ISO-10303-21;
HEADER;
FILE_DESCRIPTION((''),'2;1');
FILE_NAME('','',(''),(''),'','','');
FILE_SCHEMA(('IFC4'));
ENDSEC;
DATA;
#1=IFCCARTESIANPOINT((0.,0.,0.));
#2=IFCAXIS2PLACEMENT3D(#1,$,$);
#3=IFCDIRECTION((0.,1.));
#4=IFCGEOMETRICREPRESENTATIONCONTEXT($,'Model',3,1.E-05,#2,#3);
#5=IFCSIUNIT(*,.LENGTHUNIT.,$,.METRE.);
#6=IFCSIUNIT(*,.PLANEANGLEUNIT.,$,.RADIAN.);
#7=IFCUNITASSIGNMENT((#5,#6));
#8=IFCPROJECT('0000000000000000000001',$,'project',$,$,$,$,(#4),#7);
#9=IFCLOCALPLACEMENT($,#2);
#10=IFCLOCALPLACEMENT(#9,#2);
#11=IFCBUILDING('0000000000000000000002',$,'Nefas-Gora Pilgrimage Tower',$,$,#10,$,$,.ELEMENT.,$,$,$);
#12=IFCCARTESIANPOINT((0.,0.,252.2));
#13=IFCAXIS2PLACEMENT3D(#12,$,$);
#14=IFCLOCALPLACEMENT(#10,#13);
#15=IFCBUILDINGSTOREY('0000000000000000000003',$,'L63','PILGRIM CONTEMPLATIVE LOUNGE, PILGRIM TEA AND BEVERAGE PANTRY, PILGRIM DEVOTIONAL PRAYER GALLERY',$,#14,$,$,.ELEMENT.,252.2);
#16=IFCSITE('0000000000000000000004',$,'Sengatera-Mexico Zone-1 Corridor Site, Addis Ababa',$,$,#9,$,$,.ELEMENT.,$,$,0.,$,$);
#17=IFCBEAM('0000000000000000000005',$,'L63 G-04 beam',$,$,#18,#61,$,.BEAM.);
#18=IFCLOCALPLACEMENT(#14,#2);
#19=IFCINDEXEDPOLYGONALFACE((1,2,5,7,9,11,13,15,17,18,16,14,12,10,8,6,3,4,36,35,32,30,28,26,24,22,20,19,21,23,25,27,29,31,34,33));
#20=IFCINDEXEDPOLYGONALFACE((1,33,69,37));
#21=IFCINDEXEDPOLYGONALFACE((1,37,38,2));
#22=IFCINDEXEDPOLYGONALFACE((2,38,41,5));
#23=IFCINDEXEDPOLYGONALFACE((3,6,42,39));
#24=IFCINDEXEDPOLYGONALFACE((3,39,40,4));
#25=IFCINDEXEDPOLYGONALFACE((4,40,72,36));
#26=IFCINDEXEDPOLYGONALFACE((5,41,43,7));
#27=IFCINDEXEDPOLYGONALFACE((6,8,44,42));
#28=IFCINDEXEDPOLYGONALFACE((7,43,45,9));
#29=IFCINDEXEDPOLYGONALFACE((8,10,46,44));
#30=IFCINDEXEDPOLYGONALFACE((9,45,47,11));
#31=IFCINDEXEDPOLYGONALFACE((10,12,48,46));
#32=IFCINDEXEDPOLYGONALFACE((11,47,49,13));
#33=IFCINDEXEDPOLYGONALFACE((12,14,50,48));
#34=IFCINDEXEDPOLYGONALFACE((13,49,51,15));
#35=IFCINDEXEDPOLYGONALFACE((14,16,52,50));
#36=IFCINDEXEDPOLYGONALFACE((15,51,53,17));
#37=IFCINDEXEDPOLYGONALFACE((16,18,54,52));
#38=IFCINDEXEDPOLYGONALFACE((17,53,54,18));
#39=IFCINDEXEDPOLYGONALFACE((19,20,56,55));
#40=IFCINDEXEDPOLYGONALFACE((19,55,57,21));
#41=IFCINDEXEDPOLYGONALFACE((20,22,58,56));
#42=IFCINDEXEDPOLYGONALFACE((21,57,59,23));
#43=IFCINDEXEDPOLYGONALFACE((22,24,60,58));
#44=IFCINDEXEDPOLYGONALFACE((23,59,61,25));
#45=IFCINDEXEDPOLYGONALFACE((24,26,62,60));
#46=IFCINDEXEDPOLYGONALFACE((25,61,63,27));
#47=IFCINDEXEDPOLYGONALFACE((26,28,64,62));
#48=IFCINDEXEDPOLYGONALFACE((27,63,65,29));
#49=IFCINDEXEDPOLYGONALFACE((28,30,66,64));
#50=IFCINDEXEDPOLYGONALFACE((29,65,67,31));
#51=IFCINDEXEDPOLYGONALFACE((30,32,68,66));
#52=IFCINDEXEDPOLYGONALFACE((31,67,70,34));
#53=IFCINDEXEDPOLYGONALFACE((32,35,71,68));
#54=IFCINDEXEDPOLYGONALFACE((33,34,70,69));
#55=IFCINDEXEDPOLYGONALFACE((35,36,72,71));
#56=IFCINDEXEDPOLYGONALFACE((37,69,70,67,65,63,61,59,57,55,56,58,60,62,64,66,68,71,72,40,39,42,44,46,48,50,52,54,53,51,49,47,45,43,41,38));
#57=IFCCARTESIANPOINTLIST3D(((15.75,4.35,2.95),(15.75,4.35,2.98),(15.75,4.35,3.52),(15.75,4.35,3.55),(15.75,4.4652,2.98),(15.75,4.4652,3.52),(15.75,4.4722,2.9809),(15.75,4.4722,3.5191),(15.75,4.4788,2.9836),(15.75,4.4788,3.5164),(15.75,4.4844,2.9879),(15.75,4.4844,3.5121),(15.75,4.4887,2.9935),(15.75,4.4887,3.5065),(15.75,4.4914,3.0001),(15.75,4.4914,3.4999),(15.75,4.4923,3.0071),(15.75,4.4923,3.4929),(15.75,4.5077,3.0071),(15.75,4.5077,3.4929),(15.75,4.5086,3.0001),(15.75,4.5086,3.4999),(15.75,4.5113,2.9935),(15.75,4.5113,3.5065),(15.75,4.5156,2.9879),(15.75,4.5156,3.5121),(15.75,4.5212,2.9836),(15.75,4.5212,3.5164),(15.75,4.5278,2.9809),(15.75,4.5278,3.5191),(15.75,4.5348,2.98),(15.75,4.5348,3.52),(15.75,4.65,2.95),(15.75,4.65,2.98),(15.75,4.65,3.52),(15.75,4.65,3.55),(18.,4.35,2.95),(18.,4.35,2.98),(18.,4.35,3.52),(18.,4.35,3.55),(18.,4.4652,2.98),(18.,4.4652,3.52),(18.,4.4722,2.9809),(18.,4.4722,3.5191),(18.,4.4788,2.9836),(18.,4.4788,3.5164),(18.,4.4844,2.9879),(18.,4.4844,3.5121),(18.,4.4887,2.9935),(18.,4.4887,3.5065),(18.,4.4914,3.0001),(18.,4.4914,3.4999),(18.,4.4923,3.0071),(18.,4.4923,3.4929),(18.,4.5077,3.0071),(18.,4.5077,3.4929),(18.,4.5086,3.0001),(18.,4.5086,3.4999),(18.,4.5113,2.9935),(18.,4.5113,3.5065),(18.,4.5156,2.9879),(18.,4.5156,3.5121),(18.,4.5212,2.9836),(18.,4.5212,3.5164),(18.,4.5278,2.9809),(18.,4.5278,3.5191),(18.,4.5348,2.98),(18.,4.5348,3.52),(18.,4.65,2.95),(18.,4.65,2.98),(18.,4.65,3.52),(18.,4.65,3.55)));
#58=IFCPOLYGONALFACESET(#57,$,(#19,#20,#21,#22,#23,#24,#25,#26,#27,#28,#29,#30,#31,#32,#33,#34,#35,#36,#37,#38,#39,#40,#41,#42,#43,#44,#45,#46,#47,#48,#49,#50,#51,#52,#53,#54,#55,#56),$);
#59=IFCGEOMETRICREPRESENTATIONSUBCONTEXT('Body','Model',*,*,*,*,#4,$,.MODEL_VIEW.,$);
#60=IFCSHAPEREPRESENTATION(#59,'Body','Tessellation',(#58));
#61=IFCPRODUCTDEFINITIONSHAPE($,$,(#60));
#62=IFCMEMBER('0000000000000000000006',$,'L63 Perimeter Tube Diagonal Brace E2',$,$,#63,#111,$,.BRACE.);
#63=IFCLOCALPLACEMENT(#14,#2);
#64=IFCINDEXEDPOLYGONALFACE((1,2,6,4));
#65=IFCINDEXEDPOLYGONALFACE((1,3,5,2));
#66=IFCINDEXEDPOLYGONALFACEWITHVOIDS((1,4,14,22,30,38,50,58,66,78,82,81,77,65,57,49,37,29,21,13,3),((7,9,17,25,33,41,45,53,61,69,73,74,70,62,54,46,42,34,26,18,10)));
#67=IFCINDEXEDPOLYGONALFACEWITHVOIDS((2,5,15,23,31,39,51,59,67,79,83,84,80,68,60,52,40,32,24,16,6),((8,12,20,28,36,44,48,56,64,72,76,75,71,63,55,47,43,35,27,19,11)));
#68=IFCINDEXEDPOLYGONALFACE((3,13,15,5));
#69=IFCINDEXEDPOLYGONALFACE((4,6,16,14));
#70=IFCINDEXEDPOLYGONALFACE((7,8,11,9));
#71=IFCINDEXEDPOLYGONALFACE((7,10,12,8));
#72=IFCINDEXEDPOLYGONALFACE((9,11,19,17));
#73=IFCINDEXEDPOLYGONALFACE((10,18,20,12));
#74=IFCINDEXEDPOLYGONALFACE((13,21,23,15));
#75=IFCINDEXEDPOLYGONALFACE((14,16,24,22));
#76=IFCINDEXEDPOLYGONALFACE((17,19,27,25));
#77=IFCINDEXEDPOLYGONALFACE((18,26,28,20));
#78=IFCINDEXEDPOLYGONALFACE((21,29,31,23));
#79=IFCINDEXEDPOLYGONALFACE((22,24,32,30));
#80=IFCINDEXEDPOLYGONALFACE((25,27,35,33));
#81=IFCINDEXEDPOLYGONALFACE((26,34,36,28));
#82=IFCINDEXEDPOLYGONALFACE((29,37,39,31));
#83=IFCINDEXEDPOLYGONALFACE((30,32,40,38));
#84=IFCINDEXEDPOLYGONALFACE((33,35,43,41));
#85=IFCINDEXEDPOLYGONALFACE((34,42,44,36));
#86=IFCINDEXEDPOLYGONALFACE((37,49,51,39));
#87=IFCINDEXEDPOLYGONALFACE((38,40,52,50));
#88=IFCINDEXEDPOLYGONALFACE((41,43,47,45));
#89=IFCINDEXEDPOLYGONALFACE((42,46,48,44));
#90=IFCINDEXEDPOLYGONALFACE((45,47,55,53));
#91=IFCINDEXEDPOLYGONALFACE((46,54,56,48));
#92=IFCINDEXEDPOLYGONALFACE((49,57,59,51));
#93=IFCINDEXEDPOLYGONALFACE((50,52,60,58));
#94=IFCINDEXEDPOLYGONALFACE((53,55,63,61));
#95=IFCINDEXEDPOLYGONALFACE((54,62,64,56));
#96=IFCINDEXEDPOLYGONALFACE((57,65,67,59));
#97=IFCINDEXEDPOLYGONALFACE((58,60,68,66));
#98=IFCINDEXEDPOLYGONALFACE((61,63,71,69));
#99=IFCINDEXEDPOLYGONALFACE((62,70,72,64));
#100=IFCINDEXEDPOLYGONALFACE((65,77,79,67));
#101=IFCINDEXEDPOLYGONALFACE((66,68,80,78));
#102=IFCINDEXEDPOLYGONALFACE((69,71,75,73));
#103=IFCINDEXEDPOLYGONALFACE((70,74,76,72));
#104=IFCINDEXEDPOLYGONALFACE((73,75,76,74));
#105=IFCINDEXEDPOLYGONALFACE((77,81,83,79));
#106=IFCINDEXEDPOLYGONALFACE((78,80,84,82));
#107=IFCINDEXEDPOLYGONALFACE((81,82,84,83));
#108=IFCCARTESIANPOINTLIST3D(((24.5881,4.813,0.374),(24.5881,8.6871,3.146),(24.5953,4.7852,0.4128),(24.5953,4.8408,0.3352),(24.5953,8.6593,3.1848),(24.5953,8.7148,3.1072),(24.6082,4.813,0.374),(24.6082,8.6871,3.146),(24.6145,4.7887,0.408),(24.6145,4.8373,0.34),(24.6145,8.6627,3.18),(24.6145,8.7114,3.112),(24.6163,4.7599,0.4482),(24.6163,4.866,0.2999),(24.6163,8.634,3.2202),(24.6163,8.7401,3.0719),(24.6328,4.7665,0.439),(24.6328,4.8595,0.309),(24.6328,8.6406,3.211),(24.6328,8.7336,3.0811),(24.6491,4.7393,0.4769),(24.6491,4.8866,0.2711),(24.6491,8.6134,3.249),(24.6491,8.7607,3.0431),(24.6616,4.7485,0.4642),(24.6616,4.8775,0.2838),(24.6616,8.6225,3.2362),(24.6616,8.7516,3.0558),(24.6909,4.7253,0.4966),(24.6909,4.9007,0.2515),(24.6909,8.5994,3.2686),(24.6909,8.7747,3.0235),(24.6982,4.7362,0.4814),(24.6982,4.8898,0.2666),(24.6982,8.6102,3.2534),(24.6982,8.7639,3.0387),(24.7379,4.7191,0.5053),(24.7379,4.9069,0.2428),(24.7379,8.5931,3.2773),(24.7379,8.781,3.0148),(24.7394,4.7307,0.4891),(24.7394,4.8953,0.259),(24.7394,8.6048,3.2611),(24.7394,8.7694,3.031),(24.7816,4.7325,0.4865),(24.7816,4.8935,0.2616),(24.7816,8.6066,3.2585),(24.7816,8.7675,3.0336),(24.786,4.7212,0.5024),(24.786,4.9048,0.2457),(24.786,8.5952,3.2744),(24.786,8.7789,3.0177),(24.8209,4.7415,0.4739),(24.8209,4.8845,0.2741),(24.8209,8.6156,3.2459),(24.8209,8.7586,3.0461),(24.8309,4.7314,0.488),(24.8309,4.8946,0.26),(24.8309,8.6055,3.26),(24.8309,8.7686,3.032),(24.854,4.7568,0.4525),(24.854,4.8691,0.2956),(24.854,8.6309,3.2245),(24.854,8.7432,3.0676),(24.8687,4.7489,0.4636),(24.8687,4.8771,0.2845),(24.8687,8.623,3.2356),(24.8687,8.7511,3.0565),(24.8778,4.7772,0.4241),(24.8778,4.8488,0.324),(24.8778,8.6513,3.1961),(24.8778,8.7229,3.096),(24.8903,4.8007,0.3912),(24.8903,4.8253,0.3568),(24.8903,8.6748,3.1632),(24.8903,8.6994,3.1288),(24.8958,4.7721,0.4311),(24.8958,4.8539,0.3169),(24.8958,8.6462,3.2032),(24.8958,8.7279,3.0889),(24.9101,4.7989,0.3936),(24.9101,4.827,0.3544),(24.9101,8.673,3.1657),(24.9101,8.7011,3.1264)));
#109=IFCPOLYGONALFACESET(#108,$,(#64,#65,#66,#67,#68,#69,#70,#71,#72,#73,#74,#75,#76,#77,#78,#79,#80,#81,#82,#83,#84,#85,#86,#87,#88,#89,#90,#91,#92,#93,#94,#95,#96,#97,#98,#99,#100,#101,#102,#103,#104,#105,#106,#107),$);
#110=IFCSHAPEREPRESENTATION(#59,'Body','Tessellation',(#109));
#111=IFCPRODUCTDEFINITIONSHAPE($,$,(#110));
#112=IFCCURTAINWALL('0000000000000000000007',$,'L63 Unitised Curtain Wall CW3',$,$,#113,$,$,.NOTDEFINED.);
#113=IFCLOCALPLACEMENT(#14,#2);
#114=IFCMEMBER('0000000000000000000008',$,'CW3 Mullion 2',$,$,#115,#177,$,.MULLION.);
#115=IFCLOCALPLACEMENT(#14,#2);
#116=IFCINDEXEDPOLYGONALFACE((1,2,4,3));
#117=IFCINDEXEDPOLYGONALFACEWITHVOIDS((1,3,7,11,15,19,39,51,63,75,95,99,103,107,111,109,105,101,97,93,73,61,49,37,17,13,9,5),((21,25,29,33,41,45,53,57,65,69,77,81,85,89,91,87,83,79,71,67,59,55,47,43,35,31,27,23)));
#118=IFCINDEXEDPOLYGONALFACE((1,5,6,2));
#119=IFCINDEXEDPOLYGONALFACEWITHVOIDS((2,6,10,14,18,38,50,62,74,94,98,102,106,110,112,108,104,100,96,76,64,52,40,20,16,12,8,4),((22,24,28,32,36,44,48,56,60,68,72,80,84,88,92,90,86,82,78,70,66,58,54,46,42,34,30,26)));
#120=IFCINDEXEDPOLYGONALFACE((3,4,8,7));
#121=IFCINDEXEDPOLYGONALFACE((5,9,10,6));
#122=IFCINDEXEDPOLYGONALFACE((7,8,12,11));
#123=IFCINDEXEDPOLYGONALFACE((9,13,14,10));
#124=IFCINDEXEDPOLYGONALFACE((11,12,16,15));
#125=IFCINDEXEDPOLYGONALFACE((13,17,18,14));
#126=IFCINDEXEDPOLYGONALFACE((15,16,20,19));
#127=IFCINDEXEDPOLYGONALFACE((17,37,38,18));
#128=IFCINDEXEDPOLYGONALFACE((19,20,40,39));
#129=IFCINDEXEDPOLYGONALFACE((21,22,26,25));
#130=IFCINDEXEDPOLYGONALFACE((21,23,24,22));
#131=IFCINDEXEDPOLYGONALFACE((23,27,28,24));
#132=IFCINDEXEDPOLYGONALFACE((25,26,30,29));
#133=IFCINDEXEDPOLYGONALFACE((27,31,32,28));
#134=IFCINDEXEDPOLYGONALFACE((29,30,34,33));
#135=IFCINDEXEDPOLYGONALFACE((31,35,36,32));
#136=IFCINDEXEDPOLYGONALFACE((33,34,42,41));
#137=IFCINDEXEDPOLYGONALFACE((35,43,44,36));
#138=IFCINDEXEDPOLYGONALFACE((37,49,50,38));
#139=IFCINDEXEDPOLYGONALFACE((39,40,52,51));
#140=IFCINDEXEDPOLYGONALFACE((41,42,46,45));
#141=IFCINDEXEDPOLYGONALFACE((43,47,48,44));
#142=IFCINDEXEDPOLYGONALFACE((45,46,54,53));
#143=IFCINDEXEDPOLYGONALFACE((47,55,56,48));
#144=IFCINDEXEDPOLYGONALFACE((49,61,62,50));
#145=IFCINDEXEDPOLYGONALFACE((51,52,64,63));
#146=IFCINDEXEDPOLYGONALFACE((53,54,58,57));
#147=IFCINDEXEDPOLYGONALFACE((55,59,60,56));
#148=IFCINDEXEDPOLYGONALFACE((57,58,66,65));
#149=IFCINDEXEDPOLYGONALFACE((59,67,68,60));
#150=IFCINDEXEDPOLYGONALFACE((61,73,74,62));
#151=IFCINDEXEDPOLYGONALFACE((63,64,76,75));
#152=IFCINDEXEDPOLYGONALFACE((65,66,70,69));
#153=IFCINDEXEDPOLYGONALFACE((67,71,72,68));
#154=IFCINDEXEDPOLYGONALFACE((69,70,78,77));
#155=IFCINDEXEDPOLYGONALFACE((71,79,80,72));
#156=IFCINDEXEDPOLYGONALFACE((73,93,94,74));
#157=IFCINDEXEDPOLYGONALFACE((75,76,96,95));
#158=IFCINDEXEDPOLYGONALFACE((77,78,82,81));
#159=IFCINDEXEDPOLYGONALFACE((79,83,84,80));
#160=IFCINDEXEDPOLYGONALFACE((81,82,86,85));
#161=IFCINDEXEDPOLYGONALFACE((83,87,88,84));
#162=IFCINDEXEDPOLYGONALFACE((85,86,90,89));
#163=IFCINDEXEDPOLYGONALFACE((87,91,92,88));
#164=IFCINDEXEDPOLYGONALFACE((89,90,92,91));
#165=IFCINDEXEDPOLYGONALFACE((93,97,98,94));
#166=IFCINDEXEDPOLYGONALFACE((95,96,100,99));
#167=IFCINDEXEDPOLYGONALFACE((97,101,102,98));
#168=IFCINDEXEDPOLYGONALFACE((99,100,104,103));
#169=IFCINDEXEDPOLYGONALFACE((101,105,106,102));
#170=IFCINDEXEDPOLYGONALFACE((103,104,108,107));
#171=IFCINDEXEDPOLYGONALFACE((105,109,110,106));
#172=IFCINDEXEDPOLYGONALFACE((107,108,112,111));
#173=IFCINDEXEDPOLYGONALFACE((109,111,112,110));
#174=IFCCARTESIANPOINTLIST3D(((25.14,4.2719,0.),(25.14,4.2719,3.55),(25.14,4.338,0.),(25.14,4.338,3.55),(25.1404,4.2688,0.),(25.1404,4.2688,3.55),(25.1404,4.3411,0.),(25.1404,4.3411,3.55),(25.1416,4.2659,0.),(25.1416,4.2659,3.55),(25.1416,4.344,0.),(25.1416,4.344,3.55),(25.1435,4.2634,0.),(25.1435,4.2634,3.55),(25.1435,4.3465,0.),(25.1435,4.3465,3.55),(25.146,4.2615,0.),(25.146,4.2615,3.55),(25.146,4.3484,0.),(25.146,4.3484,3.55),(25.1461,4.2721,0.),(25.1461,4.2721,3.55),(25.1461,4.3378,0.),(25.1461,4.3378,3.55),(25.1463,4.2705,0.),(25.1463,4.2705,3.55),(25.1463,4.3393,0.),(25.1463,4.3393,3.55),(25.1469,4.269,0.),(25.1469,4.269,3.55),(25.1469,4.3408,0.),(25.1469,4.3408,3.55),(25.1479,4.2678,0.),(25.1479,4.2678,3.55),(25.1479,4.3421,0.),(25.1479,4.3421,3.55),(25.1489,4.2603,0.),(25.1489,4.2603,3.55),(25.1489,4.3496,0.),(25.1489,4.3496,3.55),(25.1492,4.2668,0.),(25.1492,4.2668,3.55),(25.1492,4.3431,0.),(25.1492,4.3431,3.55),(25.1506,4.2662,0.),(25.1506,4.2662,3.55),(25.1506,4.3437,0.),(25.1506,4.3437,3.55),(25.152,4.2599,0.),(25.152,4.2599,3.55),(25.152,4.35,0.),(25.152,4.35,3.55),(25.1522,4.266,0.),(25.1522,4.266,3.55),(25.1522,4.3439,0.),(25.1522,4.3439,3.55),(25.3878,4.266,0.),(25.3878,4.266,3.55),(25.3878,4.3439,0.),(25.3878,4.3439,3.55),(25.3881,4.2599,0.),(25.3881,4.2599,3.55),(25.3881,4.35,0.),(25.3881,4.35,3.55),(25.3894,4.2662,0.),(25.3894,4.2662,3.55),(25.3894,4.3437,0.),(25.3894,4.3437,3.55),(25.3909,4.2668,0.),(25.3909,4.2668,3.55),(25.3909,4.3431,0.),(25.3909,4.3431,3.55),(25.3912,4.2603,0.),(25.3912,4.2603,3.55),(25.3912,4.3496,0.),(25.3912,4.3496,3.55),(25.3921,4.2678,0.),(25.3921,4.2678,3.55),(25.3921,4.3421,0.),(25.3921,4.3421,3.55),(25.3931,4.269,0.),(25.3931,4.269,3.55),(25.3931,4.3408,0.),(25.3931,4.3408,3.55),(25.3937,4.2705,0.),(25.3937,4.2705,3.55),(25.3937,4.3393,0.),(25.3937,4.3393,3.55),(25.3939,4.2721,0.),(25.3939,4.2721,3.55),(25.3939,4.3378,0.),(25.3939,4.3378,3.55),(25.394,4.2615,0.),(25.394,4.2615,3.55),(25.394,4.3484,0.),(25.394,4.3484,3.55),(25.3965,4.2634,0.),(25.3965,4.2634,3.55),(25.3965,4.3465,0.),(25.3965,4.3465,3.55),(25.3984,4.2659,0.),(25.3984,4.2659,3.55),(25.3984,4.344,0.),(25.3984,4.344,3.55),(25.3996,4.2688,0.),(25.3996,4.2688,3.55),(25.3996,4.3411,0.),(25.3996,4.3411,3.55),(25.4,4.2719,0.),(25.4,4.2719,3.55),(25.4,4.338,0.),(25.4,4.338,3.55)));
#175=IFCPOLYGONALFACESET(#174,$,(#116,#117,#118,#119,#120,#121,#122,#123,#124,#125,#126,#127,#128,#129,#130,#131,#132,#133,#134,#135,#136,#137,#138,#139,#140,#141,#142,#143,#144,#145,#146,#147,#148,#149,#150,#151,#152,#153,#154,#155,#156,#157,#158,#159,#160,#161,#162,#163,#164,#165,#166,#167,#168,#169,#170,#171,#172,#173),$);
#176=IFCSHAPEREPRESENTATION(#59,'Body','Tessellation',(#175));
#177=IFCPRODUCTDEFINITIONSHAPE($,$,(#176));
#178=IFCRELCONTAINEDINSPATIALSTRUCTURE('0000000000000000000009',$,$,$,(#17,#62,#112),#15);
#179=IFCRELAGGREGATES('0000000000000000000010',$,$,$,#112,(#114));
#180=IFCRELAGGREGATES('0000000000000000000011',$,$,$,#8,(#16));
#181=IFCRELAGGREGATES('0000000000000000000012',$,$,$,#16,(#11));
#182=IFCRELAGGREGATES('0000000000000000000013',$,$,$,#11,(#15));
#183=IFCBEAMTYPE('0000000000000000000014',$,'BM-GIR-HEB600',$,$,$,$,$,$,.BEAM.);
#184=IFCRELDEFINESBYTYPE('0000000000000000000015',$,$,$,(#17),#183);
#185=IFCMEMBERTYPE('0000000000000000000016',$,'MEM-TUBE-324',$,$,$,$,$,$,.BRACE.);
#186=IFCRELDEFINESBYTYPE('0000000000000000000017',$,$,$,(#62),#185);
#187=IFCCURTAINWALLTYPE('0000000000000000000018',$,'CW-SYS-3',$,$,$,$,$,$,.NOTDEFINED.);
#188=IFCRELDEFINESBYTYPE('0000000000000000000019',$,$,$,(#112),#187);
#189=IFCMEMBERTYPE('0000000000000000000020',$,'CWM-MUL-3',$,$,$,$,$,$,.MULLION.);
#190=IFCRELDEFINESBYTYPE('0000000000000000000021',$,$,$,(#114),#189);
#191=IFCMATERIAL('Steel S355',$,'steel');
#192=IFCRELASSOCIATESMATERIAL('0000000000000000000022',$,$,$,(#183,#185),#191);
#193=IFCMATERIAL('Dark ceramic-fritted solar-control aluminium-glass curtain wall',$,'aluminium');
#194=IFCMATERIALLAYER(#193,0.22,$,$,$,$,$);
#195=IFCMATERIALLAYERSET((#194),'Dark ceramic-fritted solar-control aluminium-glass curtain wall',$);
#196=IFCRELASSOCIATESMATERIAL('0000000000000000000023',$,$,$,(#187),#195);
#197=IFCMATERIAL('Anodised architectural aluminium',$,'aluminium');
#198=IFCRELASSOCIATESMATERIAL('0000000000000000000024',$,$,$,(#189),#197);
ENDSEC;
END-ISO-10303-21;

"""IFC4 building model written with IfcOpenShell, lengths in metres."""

from ifc_helpers import new_model, si_unit, direction, frame, origin, origin_2d, place, context, subcontext, project, spatial, hollow_rectangle, hollow_circle, i_section, extrude, source, transform, mapped, material, layer, layer_set, material_profile, profile_set, type_object, element, aggregate, save


model = new_model("IFC4")

# Units and contexts
model_context = context("Model", 3, precision=1e-05, world=origin(), true_north=direction((0.0, 1.0)))
body_context = subcontext(model_context, "Body", "Model", "MODEL_VIEW")
ifc_project = project(units=[si_unit("LENGTHUNIT", "METRE"), si_unit("PLANEANGLEUNIT", "RADIAN")], contexts=[model_context])

# Site, building, storey
site_placement = place(None, origin())
site = spatial("IfcSite", under=ifc_project, at=site_placement, Name="Sengatera-Mexico Zone-1 Corridor Site, Addis Ababa", CompositionType="ELEMENT", RefElevation=0.0)
building_placement = place(site_placement, origin())
building = spatial("IfcBuilding", under=site, at=building_placement, Name="Nefas-Gora Pilgrimage Tower", CompositionType="ELEMENT")
storey_placement = place(building_placement, frame((0.0, 0.0, 252.2)))
storey = spatial("IfcBuildingStorey", under=building, at=storey_placement, Name="L63", Description="PILGRIM CONTEMPLATIVE LOUNGE, PILGRIM TEA AND BEVERAGE PANTRY, PILGRIM DEVOTIONAL PRAYER GALLERY", CompositionType="ELEMENT", Elevation=252.2)

# Beam
ifc_material_1 = material(Name="Steel S355", Category="steel")
ifc_material_profile_1 = material_profile(ifc_material_1, i_section(OverallWidth=0.3, OverallDepth=0.6001, WebThickness=0.0154, FlangeThickness=0.03, FilletRadius=0.0271, at=origin_2d()), Name="HEB 600")
ifc_profile_set_1 = profile_set([ifc_material_profile_1], Name="Steel S355")
beam_type_1 = type_object("IfcBeamType", Name="BM-GIR-HEB600", PredefinedType="BEAM", material=ifc_profile_set_1)
shared_shape_1 = source(origin(), body_context, "Body", "SweptSolid", [
    extrude(i_section(OverallWidth=0.3, OverallDepth=0.6001, WebThickness=0.0154, FlangeThickness=0.03, FilletRadius=0.0271, at=origin_2d()), origin(), (0.0, 0.0, 1.0), 2.25),
])
for number, where, z_axis, x_axis, name in (
    (1, (15.75, 4.5, 3.25), (1.0, 0.0, 0.0), (0.0, 1.0, 0.0), "L63 G-04 beam"),
):
    element("IfcBeam", number, at=place(storey_placement, frame(where, z_axis=z_axis, x_axis=x_axis)), inside=storey, type_object=beam_type_1, Name=name, PredefinedType="BEAM", context=body_context, shape_type="MappedRepresentation", body=[
        mapped(shared_shape_1, transform((0.0, 0.0, 0.0), x_axis=(1.0, 0.0, 0.0), y_axis=(0.0, 1.0, 0.0), z_axis=(0.0, 0.0, 1.0), scale=1.0)),
    ])

# Member
ifc_material_profile_2 = material_profile(ifc_material_1, hollow_circle(Radius=0.1619, WallThickness=0.02, at=origin_2d()), Name="CHS 323.9x20")
ifc_profile_set_2 = profile_set([ifc_material_profile_2], Name="Steel S355")
member_type_1 = type_object("IfcMemberType", Name="MEM-TUBE-324", PredefinedType="BRACE", material=ifc_profile_set_2)
shared_shape_2 = source(origin(), body_context, "Body", "SweptSolid", [
    extrude(hollow_circle(Radius=0.1619, WallThickness=0.02, at=origin_2d()), origin(), (0.0, 0.0, 1.0), 4.7637),
])
member_1_placement = place(storey_placement, frame((24.75, 4.813, 0.374), z_axis=(0.0, 0.813255, 0.581907), x_axis=(-1.0, 0.0, 0.0)))
element("IfcMember", 2, at=member_1_placement, inside=storey, type_object=member_type_1, Name="L63 Perimeter Tube Diagonal Brace E2", PredefinedType="BRACE", context=body_context, shape_type="MappedRepresentation", body=[
    mapped(shared_shape_2, transform((0.0, 0.0, 0.0), x_axis=(1.0, 0.0, 0.0), y_axis=(0.0, 1.0, 0.0), z_axis=(0.0, 0.0, 1.0), scale=1.0)),
])

# Curtain wall, member
ifc_material_2 = material(Name="Dark ceramic-fritted solar-control aluminium-glass curtain wall", Category="aluminium")
ifc_layer_1 = layer(ifc_material_2, 0.22)
ifc_layer_set_1 = layer_set([ifc_layer_1], Name="Dark ceramic-fritted solar-control aluminium-glass curtain wall")
curtain_wall_type = type_object("IfcCurtainWallType", Name="CW-SYS-3", PredefinedType="NOTDEFINED", material=ifc_layer_set_1)
curtain_wall_placement = place(storey_placement, origin())
curtain_wall = element("IfcCurtainWall", 3, at=curtain_wall_placement, inside=storey, type_object=curtain_wall_type, Name="L63 Unitised Curtain Wall CW3", PredefinedType="NOTDEFINED")
ifc_material_3 = material(Name="Anodised architectural aluminium", Category="aluminium")
ifc_material_profile_3 = material_profile(ifc_material_3, hollow_rectangle(XDim=0.0901, YDim=0.26, WallThickness=0.0061, InnerFilletRadius=0.0061, OuterFilletRadius=0.012, at=origin_2d()), Name="ALU MULLION 90x260")
ifc_profile_set_3 = profile_set([ifc_material_profile_3], Name="Anodised architectural aluminium")
member_type_2 = type_object("IfcMemberType", Name="CWM-MUL-3", PredefinedType="MULLION", material=ifc_profile_set_3)
shared_shape_3 = source(origin(), body_context, "Body", "SweptSolid", [
    extrude(hollow_rectangle(XDim=0.0901, YDim=0.26, WallThickness=0.0061, InnerFilletRadius=0.0061, OuterFilletRadius=0.012, at=origin_2d()), origin(), (0.0, 0.0, 1.0), 3.55),
])
member_2_placement = place(storey_placement, frame((25.27, 4.3049, 0.0), z_axis=(0.0, 0.0, 1.0), x_axis=(0.0, 1.0, 0.0)))
member_2 = element("IfcMember", 4, at=member_2_placement, type_object=member_type_2, Name="CW3 Mullion 2", PredefinedType="MULLION", context=body_context, shape_type="MappedRepresentation", body=[
    mapped(shared_shape_3, transform((0.0, 0.0, 0.0), x_axis=(1.0, 0.0, 0.0), y_axis=(0.0, 1.0, 0.0), z_axis=(0.0, 0.0, 1.0), scale=1.0)),
])

aggregate(curtain_wall, [member_2])

save(model, "model.ifc")
